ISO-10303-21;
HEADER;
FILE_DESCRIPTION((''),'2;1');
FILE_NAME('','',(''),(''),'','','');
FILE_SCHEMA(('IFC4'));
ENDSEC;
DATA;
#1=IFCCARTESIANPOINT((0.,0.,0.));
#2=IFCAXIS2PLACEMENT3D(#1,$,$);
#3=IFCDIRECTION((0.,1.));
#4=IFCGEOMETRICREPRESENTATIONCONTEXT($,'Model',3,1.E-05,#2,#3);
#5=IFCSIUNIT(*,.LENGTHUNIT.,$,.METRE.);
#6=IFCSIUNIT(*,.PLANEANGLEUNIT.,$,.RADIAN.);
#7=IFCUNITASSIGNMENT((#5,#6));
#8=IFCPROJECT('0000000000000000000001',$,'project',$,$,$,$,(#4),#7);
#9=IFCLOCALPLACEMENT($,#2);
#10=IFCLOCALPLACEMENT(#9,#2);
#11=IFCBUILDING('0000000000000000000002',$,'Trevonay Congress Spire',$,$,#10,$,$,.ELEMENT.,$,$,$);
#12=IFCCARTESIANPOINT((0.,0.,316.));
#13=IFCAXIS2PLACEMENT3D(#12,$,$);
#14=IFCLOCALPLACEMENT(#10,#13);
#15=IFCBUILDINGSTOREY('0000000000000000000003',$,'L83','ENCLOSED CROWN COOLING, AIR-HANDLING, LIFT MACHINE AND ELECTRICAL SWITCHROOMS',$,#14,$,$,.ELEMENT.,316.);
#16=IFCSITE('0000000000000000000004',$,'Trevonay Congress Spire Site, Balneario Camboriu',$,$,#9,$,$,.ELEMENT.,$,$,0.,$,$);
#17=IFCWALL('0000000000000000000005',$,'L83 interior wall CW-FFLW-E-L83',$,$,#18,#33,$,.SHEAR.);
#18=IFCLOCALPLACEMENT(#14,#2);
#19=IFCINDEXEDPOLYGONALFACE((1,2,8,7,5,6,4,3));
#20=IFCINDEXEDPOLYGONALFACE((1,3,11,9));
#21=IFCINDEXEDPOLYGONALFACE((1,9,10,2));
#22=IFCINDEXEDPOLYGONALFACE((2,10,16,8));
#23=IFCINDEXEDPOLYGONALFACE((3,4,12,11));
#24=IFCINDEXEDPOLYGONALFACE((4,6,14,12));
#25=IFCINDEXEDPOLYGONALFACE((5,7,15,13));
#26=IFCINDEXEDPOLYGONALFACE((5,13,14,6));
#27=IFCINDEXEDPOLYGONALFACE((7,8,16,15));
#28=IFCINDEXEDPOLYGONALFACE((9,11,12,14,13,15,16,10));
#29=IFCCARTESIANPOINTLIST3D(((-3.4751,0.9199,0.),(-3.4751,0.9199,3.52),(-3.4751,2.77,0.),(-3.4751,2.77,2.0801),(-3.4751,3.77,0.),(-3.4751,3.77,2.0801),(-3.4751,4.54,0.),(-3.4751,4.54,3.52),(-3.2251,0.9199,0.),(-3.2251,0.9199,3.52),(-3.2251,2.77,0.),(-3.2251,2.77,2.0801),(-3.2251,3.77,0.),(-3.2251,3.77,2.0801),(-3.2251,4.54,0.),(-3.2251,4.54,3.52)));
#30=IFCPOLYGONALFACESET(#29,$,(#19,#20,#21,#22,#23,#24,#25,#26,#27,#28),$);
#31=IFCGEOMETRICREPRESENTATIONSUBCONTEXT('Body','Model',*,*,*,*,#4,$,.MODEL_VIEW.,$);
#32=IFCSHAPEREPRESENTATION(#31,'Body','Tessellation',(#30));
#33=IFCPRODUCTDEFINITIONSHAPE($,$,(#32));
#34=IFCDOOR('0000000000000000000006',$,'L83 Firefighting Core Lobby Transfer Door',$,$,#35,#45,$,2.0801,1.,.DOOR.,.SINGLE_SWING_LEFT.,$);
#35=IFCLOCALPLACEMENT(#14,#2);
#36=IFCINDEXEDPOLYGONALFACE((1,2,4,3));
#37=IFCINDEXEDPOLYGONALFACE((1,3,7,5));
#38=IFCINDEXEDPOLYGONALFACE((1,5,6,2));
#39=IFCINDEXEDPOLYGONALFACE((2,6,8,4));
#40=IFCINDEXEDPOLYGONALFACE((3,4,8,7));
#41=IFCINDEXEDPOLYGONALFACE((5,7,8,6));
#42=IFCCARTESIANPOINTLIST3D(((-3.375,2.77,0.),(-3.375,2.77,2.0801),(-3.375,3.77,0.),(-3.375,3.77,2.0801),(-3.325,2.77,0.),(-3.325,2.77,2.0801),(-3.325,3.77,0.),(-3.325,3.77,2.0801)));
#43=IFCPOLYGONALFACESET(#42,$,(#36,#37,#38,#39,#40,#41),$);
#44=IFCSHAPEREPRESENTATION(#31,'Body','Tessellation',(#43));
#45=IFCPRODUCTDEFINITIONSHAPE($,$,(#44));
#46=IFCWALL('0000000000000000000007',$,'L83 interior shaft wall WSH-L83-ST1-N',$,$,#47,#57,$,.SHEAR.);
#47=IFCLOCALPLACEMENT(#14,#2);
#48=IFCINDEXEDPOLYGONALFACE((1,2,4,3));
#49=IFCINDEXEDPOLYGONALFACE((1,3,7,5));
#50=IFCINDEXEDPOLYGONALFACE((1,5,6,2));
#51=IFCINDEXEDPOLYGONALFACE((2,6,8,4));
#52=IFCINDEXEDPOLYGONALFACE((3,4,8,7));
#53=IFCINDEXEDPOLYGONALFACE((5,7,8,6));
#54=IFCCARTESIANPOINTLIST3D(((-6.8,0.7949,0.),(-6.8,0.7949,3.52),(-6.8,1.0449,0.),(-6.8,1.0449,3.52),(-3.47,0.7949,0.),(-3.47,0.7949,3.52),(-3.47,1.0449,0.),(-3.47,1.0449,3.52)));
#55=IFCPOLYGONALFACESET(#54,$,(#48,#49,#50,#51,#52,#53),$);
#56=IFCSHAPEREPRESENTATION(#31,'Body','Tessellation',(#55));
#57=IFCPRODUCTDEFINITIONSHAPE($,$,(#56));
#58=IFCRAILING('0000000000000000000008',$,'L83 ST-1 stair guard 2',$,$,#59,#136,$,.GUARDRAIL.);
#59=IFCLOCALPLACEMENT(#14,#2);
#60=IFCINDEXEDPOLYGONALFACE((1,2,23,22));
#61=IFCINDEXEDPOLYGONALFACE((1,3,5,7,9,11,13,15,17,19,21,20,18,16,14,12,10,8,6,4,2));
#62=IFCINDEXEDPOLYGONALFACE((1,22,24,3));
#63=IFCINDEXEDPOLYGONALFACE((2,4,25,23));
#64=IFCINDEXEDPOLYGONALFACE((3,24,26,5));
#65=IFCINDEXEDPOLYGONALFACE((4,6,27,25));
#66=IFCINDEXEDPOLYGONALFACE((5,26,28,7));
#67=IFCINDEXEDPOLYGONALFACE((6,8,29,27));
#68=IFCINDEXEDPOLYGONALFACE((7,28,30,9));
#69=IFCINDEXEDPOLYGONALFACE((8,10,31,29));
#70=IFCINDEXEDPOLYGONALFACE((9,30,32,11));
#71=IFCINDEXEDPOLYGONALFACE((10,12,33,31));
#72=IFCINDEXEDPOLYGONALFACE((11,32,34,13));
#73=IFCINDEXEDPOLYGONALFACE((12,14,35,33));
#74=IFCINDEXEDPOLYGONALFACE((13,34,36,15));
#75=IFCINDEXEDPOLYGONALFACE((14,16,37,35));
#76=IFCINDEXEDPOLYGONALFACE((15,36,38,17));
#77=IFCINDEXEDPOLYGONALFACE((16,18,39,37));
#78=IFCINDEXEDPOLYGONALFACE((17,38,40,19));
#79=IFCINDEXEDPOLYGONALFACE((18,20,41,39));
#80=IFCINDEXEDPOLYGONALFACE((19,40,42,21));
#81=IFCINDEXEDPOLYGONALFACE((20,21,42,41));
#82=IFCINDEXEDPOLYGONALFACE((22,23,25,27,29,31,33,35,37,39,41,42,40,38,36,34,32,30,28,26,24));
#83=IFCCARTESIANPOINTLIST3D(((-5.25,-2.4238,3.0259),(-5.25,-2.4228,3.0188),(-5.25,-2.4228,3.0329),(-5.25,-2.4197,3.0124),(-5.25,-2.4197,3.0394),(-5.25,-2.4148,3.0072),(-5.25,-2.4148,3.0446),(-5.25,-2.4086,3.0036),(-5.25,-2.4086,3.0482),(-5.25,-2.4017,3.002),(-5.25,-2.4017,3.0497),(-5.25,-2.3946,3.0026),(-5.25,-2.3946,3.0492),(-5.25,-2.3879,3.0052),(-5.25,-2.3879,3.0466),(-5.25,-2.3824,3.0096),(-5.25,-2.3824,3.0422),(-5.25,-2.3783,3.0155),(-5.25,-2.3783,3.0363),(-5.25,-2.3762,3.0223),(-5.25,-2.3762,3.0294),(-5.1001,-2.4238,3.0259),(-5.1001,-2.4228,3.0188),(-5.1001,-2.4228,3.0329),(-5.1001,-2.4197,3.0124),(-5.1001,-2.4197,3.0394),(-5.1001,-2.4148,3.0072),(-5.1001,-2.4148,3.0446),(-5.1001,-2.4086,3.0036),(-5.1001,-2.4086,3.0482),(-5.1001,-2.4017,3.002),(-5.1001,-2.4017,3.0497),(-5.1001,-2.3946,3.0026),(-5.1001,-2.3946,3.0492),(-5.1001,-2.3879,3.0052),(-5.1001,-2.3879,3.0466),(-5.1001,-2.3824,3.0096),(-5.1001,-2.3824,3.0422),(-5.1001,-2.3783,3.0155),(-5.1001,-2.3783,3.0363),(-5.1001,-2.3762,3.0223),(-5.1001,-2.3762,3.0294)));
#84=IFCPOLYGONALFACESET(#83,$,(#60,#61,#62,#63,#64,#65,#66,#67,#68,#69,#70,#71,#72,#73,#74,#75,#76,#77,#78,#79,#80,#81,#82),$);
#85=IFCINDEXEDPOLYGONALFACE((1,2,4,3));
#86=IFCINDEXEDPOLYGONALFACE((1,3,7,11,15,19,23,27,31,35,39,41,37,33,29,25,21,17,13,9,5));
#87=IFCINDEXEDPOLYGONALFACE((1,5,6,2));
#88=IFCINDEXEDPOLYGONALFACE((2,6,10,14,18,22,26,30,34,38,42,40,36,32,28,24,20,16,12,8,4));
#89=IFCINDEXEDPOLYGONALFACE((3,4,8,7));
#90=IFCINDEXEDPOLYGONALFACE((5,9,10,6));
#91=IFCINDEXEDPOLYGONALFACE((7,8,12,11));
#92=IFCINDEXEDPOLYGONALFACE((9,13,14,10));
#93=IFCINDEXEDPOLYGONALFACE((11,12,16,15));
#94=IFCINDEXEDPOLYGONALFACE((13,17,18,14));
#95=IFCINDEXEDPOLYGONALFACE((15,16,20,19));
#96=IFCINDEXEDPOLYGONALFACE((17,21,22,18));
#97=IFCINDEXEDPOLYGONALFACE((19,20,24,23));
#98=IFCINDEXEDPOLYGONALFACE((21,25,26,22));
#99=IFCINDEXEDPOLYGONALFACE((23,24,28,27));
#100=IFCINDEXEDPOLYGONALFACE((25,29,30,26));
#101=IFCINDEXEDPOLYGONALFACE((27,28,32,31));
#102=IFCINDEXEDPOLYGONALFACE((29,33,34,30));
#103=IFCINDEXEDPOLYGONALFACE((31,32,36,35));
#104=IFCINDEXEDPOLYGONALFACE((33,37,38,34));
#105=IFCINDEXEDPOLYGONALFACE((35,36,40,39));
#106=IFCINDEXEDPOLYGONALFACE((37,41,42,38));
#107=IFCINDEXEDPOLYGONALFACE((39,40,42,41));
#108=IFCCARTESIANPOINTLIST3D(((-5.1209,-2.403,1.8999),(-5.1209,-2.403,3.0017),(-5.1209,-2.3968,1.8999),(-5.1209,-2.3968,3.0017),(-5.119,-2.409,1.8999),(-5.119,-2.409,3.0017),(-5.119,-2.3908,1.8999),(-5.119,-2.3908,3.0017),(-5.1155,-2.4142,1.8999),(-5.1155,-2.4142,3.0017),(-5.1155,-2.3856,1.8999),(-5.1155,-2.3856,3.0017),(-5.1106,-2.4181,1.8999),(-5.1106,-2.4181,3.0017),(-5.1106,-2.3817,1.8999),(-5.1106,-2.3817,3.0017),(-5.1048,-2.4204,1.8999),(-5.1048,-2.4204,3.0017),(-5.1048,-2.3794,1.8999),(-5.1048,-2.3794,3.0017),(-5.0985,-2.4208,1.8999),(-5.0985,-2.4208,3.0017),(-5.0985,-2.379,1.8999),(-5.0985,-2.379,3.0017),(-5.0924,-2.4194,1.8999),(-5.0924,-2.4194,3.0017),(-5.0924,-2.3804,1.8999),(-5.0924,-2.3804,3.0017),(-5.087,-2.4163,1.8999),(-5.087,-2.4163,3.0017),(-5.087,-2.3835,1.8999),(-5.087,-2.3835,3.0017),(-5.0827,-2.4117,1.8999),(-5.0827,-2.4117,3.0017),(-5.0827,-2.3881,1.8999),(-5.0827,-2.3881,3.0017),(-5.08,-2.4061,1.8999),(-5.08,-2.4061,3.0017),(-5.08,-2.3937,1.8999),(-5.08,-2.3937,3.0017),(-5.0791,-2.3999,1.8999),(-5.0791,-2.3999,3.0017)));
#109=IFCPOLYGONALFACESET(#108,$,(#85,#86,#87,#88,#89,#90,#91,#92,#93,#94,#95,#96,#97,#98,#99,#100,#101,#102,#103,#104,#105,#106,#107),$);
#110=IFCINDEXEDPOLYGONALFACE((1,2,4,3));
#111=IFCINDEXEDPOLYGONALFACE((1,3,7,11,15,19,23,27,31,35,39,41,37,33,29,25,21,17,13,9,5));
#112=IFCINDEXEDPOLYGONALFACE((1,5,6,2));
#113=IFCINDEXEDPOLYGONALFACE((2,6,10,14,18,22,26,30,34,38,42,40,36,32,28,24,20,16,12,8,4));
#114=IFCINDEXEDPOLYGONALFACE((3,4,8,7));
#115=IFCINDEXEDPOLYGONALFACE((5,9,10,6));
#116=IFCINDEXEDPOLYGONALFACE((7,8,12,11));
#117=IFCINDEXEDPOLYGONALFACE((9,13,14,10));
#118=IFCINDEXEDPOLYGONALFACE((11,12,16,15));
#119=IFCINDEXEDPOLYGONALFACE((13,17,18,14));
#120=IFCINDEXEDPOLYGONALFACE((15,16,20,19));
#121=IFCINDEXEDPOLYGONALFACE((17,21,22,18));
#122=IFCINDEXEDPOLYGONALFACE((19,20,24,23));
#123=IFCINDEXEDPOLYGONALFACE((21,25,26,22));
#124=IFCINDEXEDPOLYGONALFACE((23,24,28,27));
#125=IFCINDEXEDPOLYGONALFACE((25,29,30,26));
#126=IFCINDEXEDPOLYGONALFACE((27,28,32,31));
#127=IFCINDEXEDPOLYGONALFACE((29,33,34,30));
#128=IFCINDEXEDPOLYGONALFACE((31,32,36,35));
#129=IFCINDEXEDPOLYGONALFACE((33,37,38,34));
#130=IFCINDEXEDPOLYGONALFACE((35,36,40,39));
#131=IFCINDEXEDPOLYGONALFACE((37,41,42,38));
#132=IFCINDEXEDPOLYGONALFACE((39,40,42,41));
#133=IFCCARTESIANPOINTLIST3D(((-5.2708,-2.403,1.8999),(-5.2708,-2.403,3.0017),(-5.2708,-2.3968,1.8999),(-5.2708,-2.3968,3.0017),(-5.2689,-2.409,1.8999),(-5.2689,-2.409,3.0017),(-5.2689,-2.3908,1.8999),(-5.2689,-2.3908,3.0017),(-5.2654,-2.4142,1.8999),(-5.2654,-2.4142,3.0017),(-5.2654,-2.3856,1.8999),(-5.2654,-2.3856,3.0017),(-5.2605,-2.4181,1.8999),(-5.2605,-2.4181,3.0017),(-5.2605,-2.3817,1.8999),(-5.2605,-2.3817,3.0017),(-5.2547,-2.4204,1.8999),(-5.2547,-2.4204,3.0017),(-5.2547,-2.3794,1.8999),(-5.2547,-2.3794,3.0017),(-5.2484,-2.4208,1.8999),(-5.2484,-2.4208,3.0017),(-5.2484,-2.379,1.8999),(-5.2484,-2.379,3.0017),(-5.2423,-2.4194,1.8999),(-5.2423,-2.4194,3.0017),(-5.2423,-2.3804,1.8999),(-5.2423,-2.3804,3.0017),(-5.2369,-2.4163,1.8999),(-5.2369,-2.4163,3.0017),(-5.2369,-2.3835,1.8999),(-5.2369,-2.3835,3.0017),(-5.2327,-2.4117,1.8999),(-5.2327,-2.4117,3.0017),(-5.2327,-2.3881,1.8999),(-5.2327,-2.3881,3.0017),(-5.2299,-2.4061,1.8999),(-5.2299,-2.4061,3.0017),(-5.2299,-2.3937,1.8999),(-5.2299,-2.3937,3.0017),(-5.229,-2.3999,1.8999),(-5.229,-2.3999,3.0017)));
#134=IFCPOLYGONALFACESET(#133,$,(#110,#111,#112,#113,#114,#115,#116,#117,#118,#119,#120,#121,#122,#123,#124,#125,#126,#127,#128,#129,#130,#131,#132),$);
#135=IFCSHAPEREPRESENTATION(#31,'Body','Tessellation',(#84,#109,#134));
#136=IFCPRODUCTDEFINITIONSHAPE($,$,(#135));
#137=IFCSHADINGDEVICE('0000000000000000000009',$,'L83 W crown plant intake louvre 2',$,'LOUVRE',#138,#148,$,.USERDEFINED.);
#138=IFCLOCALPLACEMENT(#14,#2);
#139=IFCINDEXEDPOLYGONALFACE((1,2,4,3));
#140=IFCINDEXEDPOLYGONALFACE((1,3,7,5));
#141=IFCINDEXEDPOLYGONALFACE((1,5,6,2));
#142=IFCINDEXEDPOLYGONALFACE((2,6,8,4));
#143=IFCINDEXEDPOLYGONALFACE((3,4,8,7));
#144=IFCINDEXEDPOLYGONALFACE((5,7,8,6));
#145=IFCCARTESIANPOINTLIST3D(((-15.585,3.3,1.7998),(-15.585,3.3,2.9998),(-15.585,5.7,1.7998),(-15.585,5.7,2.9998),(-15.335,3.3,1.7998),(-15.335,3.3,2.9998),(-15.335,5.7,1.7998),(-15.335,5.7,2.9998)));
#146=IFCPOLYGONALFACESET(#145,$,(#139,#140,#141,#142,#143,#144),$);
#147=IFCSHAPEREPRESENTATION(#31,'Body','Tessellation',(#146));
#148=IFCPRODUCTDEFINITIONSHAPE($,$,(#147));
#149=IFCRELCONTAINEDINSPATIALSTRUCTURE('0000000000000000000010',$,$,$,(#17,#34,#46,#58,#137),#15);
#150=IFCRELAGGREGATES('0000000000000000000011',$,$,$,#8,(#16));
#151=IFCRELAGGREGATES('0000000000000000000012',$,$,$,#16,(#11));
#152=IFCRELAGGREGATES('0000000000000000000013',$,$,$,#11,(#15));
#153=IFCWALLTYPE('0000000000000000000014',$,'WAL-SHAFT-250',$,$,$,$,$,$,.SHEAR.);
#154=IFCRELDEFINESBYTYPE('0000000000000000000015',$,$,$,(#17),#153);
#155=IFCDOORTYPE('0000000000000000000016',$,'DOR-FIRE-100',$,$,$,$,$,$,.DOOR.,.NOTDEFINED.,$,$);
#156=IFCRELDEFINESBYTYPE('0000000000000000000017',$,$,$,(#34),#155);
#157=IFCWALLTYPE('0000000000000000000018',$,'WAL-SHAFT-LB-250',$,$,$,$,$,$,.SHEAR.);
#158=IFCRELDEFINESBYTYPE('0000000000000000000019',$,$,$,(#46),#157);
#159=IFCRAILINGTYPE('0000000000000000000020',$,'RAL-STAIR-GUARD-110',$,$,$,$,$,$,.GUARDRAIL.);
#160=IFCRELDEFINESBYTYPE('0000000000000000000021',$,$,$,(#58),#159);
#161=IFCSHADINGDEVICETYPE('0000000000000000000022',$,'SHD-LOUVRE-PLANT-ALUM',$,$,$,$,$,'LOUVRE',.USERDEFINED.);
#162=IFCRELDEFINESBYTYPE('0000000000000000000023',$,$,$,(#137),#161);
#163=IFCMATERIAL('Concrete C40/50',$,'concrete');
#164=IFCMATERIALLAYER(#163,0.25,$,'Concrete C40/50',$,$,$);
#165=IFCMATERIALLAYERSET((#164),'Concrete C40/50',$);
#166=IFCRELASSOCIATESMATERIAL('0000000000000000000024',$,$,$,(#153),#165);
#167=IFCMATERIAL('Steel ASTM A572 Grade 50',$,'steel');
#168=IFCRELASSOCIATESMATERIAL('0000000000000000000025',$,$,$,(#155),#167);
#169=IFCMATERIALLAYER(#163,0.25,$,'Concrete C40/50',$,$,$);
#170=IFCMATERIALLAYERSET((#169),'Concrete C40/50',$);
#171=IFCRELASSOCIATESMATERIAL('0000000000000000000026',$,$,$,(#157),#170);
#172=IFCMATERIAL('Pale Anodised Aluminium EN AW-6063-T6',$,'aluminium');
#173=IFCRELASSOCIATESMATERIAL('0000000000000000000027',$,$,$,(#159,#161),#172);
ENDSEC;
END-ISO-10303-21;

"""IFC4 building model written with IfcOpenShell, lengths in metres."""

from ifc_helpers import new_model, si_unit, direction, frame, frame_2d, origin, origin_2d, place, context, subcontext, project, spatial, rectangle, circle, extrude, material, layer, layer_set, type_object, element, fill, save


model = new_model("IFC4")

# Units and contexts
model_context = context("Model", 3, precision=1e-05, world=origin(), true_north=direction((0.0, 1.0)))
body_context = subcontext(model_context, "Body", "Model", "MODEL_VIEW")
ifc_project = project(units=[si_unit("LENGTHUNIT", "METRE"), si_unit("PLANEANGLEUNIT", "RADIAN")], contexts=[model_context])

# Site, building, storey
site_placement = place(None, origin())
site = spatial("IfcSite", under=ifc_project, at=site_placement, Name="Trevonay Congress Spire Site, Balneario Camboriu", CompositionType="ELEMENT", RefElevation=0.0)
building_placement = place(site_placement, origin())
building = spatial("IfcBuilding", under=site, at=building_placement, Name="Trevonay Congress Spire", CompositionType="ELEMENT")
storey_placement = place(building_placement, frame((0.0, 0.0, 316.0)))
storey = spatial("IfcBuildingStorey", under=building, at=storey_placement, Name="L83", Description="ENCLOSED CROWN COOLING, AIR-HANDLING, LIFT MACHINE AND ELECTRICAL SWITCHROOMS", CompositionType="ELEMENT", Elevation=316.0)

# Shared definitions
ifc_material_1 = material(Name="Steel ASTM A572 Grade 50", Category="steel")

# Shared definitions
ifc_material_2 = material(Name="Pale Anodised Aluminium EN AW-6063-T6", Category="aluminium")

# Shared definitions
ifc_material_3 = material(Name="Concrete C40/50", Category="concrete")

# Shared definitions
ifc_layer_1 = layer(ifc_material_3, 0.25, Name="Concrete C40/50")
ifc_layer_set_1 = layer_set([ifc_layer_1], Name="Concrete C40/50")
wall_type_1 = type_object("IfcWallType", Name="WAL-SHAFT-250", PredefinedType="SHEAR", material=ifc_layer_set_1)

# Wall, opening, door
wall_1_placement = place(storey_placement, frame((-3.3501, 0.9199, 0.0), z_axis=(0.0, 0.0, 1.0), x_axis=(0.0, 1.0, 0.0)))
wall_1 = element("IfcWall", 1, at=wall_1_placement, inside=storey, type_object=wall_type_1, Name="L83 interior wall CW-FFLW-E-L83", PredefinedType="SHEAR", context=body_context, shape_type="SweptSolid", body=[
    extrude(rectangle(XDim=3.6201, YDim=0.25, at=frame_2d((1.8101, 0.0))), origin(), (0.0, 0.0, 1.0), 3.52),
])
opening_1_placement = place(wall_1_placement, frame((1.8501, 0.0, 0.0)))
opening_1 = element("IfcOpeningElement", 2, at=opening_1_placement, cuts=wall_1, PredefinedType="OPENING", context=body_context, shape_type="SweptSolid", body=[
    extrude(rectangle(XDim=1.0, YDim=2.0801, at=frame_2d((0.5, 1.04))), frame((0.0, 0.135, 0.0), z_axis=(0.0, -1.0, 0.0), x_axis=(1.0, 0.0, 0.0)), (0.0, 0.0, 1.0), 0.27),
])
door_type_1 = type_object("IfcDoorType", Name="DOR-FIRE-100", OperationType="NOTDEFINED", PredefinedType="DOOR", material=ifc_material_1)
door_1_placement = place(opening_1_placement, origin())
door_1 = element("IfcDoor", 3, at=door_1_placement, inside=storey, type_object=door_type_1, Name="L83 Firefighting Core Lobby Transfer Door", OperationType="SINGLE_SWING_LEFT", OverallHeight=2.0801, OverallWidth=1.0, PredefinedType="DOOR", context=body_context, shape_type="SweptSolid", body=[
    extrude(rectangle(XDim=1.0, YDim=2.0801, at=frame_2d((0.5, 1.04))), frame((0.0, 0.0249, 0.0), z_axis=(0.0, -1.0, 0.0), x_axis=(1.0, 0.0, 0.0)), (0.0, 0.0, 1.0), 0.05),
])
fill(opening_1, door_1)

# Wall
ifc_layer_2 = layer(ifc_material_3, 0.25, Name="Concrete C40/50")
ifc_layer_set_2 = layer_set([ifc_layer_2], Name="Concrete C40/50")
wall_type_2 = type_object("IfcWallType", Name="WAL-SHAFT-LB-250", PredefinedType="SHEAR", material=ifc_layer_set_2)
wall_2_placement = place(storey_placement, frame((-6.8, 0.9199, 0.0), z_axis=(0.0, 0.0, 1.0), x_axis=(1.0, 0.0, 0.0)))
element("IfcWall", 4, at=wall_2_placement, inside=storey, type_object=wall_type_2, Name="L83 interior shaft wall WSH-L83-ST1-N", PredefinedType="SHEAR", context=body_context, shape_type="SweptSolid", body=[
    extrude(rectangle(XDim=3.3301, YDim=0.25, at=frame_2d((1.665, 0.0))), origin(), (0.0, 0.0, 1.0), 3.52),
])

# Railing
railing_type = type_object("IfcRailingType", Name="RAL-STAIR-GUARD-110", PredefinedType="GUARDRAIL", material=ifc_material_2)
railing_placement = place(storey_placement, frame((-5.1001, -2.3999, 1.8999)))
element("IfcRailing", 5, at=railing_placement, inside=storey, type_object=railing_type, Name="L83 ST-1 stair guard 2", PredefinedType="GUARDRAIL", context=body_context, shape_type="SweptSolid", body=[
    extrude(circle(Radius=0.0239, at=origin_2d()), frame((0.0, 0.0, 1.126), z_axis=(-1.0, 0.0, 0.0), x_axis=(0.0, -1.0, 0.0)), (0.0, 0.0, 1.0), 0.1499),
    extrude(circle(Radius=0.021, at=origin_2d()), origin(), (0.0, 0.0, 1.0), 1.1018),
    extrude(circle(Radius=0.021, at=origin_2d()), frame((-0.1499, 0.0, 0.0)), (0.0, 0.0, 1.0), 1.1018),
])

# Shading device
shading_device_type = type_object("IfcShadingDeviceType", Name="SHD-LOUVRE-PLANT-ALUM", ElementType="LOUVRE", PredefinedType="USERDEFINED", material=ifc_material_2)
shading_device_placement = place(storey_placement, frame((-15.46, 4.5, 1.7998), z_axis=(0.0, 0.0, 1.0), x_axis=(0.0, 1.0, 0.0)))
element("IfcShadingDevice", 6, at=shading_device_placement, inside=storey, type_object=shading_device_type, Name="L83 W crown plant intake louvre 2", ObjectType="LOUVRE", PredefinedType="USERDEFINED", context=body_context, shape_type="SweptSolid", body=[
    extrude(rectangle(XDim=2.3999, YDim=0.25, at=origin_2d()), origin(), (0.0, 0.0, 1.0), 1.2),
])

save(model, "model.ifc")
